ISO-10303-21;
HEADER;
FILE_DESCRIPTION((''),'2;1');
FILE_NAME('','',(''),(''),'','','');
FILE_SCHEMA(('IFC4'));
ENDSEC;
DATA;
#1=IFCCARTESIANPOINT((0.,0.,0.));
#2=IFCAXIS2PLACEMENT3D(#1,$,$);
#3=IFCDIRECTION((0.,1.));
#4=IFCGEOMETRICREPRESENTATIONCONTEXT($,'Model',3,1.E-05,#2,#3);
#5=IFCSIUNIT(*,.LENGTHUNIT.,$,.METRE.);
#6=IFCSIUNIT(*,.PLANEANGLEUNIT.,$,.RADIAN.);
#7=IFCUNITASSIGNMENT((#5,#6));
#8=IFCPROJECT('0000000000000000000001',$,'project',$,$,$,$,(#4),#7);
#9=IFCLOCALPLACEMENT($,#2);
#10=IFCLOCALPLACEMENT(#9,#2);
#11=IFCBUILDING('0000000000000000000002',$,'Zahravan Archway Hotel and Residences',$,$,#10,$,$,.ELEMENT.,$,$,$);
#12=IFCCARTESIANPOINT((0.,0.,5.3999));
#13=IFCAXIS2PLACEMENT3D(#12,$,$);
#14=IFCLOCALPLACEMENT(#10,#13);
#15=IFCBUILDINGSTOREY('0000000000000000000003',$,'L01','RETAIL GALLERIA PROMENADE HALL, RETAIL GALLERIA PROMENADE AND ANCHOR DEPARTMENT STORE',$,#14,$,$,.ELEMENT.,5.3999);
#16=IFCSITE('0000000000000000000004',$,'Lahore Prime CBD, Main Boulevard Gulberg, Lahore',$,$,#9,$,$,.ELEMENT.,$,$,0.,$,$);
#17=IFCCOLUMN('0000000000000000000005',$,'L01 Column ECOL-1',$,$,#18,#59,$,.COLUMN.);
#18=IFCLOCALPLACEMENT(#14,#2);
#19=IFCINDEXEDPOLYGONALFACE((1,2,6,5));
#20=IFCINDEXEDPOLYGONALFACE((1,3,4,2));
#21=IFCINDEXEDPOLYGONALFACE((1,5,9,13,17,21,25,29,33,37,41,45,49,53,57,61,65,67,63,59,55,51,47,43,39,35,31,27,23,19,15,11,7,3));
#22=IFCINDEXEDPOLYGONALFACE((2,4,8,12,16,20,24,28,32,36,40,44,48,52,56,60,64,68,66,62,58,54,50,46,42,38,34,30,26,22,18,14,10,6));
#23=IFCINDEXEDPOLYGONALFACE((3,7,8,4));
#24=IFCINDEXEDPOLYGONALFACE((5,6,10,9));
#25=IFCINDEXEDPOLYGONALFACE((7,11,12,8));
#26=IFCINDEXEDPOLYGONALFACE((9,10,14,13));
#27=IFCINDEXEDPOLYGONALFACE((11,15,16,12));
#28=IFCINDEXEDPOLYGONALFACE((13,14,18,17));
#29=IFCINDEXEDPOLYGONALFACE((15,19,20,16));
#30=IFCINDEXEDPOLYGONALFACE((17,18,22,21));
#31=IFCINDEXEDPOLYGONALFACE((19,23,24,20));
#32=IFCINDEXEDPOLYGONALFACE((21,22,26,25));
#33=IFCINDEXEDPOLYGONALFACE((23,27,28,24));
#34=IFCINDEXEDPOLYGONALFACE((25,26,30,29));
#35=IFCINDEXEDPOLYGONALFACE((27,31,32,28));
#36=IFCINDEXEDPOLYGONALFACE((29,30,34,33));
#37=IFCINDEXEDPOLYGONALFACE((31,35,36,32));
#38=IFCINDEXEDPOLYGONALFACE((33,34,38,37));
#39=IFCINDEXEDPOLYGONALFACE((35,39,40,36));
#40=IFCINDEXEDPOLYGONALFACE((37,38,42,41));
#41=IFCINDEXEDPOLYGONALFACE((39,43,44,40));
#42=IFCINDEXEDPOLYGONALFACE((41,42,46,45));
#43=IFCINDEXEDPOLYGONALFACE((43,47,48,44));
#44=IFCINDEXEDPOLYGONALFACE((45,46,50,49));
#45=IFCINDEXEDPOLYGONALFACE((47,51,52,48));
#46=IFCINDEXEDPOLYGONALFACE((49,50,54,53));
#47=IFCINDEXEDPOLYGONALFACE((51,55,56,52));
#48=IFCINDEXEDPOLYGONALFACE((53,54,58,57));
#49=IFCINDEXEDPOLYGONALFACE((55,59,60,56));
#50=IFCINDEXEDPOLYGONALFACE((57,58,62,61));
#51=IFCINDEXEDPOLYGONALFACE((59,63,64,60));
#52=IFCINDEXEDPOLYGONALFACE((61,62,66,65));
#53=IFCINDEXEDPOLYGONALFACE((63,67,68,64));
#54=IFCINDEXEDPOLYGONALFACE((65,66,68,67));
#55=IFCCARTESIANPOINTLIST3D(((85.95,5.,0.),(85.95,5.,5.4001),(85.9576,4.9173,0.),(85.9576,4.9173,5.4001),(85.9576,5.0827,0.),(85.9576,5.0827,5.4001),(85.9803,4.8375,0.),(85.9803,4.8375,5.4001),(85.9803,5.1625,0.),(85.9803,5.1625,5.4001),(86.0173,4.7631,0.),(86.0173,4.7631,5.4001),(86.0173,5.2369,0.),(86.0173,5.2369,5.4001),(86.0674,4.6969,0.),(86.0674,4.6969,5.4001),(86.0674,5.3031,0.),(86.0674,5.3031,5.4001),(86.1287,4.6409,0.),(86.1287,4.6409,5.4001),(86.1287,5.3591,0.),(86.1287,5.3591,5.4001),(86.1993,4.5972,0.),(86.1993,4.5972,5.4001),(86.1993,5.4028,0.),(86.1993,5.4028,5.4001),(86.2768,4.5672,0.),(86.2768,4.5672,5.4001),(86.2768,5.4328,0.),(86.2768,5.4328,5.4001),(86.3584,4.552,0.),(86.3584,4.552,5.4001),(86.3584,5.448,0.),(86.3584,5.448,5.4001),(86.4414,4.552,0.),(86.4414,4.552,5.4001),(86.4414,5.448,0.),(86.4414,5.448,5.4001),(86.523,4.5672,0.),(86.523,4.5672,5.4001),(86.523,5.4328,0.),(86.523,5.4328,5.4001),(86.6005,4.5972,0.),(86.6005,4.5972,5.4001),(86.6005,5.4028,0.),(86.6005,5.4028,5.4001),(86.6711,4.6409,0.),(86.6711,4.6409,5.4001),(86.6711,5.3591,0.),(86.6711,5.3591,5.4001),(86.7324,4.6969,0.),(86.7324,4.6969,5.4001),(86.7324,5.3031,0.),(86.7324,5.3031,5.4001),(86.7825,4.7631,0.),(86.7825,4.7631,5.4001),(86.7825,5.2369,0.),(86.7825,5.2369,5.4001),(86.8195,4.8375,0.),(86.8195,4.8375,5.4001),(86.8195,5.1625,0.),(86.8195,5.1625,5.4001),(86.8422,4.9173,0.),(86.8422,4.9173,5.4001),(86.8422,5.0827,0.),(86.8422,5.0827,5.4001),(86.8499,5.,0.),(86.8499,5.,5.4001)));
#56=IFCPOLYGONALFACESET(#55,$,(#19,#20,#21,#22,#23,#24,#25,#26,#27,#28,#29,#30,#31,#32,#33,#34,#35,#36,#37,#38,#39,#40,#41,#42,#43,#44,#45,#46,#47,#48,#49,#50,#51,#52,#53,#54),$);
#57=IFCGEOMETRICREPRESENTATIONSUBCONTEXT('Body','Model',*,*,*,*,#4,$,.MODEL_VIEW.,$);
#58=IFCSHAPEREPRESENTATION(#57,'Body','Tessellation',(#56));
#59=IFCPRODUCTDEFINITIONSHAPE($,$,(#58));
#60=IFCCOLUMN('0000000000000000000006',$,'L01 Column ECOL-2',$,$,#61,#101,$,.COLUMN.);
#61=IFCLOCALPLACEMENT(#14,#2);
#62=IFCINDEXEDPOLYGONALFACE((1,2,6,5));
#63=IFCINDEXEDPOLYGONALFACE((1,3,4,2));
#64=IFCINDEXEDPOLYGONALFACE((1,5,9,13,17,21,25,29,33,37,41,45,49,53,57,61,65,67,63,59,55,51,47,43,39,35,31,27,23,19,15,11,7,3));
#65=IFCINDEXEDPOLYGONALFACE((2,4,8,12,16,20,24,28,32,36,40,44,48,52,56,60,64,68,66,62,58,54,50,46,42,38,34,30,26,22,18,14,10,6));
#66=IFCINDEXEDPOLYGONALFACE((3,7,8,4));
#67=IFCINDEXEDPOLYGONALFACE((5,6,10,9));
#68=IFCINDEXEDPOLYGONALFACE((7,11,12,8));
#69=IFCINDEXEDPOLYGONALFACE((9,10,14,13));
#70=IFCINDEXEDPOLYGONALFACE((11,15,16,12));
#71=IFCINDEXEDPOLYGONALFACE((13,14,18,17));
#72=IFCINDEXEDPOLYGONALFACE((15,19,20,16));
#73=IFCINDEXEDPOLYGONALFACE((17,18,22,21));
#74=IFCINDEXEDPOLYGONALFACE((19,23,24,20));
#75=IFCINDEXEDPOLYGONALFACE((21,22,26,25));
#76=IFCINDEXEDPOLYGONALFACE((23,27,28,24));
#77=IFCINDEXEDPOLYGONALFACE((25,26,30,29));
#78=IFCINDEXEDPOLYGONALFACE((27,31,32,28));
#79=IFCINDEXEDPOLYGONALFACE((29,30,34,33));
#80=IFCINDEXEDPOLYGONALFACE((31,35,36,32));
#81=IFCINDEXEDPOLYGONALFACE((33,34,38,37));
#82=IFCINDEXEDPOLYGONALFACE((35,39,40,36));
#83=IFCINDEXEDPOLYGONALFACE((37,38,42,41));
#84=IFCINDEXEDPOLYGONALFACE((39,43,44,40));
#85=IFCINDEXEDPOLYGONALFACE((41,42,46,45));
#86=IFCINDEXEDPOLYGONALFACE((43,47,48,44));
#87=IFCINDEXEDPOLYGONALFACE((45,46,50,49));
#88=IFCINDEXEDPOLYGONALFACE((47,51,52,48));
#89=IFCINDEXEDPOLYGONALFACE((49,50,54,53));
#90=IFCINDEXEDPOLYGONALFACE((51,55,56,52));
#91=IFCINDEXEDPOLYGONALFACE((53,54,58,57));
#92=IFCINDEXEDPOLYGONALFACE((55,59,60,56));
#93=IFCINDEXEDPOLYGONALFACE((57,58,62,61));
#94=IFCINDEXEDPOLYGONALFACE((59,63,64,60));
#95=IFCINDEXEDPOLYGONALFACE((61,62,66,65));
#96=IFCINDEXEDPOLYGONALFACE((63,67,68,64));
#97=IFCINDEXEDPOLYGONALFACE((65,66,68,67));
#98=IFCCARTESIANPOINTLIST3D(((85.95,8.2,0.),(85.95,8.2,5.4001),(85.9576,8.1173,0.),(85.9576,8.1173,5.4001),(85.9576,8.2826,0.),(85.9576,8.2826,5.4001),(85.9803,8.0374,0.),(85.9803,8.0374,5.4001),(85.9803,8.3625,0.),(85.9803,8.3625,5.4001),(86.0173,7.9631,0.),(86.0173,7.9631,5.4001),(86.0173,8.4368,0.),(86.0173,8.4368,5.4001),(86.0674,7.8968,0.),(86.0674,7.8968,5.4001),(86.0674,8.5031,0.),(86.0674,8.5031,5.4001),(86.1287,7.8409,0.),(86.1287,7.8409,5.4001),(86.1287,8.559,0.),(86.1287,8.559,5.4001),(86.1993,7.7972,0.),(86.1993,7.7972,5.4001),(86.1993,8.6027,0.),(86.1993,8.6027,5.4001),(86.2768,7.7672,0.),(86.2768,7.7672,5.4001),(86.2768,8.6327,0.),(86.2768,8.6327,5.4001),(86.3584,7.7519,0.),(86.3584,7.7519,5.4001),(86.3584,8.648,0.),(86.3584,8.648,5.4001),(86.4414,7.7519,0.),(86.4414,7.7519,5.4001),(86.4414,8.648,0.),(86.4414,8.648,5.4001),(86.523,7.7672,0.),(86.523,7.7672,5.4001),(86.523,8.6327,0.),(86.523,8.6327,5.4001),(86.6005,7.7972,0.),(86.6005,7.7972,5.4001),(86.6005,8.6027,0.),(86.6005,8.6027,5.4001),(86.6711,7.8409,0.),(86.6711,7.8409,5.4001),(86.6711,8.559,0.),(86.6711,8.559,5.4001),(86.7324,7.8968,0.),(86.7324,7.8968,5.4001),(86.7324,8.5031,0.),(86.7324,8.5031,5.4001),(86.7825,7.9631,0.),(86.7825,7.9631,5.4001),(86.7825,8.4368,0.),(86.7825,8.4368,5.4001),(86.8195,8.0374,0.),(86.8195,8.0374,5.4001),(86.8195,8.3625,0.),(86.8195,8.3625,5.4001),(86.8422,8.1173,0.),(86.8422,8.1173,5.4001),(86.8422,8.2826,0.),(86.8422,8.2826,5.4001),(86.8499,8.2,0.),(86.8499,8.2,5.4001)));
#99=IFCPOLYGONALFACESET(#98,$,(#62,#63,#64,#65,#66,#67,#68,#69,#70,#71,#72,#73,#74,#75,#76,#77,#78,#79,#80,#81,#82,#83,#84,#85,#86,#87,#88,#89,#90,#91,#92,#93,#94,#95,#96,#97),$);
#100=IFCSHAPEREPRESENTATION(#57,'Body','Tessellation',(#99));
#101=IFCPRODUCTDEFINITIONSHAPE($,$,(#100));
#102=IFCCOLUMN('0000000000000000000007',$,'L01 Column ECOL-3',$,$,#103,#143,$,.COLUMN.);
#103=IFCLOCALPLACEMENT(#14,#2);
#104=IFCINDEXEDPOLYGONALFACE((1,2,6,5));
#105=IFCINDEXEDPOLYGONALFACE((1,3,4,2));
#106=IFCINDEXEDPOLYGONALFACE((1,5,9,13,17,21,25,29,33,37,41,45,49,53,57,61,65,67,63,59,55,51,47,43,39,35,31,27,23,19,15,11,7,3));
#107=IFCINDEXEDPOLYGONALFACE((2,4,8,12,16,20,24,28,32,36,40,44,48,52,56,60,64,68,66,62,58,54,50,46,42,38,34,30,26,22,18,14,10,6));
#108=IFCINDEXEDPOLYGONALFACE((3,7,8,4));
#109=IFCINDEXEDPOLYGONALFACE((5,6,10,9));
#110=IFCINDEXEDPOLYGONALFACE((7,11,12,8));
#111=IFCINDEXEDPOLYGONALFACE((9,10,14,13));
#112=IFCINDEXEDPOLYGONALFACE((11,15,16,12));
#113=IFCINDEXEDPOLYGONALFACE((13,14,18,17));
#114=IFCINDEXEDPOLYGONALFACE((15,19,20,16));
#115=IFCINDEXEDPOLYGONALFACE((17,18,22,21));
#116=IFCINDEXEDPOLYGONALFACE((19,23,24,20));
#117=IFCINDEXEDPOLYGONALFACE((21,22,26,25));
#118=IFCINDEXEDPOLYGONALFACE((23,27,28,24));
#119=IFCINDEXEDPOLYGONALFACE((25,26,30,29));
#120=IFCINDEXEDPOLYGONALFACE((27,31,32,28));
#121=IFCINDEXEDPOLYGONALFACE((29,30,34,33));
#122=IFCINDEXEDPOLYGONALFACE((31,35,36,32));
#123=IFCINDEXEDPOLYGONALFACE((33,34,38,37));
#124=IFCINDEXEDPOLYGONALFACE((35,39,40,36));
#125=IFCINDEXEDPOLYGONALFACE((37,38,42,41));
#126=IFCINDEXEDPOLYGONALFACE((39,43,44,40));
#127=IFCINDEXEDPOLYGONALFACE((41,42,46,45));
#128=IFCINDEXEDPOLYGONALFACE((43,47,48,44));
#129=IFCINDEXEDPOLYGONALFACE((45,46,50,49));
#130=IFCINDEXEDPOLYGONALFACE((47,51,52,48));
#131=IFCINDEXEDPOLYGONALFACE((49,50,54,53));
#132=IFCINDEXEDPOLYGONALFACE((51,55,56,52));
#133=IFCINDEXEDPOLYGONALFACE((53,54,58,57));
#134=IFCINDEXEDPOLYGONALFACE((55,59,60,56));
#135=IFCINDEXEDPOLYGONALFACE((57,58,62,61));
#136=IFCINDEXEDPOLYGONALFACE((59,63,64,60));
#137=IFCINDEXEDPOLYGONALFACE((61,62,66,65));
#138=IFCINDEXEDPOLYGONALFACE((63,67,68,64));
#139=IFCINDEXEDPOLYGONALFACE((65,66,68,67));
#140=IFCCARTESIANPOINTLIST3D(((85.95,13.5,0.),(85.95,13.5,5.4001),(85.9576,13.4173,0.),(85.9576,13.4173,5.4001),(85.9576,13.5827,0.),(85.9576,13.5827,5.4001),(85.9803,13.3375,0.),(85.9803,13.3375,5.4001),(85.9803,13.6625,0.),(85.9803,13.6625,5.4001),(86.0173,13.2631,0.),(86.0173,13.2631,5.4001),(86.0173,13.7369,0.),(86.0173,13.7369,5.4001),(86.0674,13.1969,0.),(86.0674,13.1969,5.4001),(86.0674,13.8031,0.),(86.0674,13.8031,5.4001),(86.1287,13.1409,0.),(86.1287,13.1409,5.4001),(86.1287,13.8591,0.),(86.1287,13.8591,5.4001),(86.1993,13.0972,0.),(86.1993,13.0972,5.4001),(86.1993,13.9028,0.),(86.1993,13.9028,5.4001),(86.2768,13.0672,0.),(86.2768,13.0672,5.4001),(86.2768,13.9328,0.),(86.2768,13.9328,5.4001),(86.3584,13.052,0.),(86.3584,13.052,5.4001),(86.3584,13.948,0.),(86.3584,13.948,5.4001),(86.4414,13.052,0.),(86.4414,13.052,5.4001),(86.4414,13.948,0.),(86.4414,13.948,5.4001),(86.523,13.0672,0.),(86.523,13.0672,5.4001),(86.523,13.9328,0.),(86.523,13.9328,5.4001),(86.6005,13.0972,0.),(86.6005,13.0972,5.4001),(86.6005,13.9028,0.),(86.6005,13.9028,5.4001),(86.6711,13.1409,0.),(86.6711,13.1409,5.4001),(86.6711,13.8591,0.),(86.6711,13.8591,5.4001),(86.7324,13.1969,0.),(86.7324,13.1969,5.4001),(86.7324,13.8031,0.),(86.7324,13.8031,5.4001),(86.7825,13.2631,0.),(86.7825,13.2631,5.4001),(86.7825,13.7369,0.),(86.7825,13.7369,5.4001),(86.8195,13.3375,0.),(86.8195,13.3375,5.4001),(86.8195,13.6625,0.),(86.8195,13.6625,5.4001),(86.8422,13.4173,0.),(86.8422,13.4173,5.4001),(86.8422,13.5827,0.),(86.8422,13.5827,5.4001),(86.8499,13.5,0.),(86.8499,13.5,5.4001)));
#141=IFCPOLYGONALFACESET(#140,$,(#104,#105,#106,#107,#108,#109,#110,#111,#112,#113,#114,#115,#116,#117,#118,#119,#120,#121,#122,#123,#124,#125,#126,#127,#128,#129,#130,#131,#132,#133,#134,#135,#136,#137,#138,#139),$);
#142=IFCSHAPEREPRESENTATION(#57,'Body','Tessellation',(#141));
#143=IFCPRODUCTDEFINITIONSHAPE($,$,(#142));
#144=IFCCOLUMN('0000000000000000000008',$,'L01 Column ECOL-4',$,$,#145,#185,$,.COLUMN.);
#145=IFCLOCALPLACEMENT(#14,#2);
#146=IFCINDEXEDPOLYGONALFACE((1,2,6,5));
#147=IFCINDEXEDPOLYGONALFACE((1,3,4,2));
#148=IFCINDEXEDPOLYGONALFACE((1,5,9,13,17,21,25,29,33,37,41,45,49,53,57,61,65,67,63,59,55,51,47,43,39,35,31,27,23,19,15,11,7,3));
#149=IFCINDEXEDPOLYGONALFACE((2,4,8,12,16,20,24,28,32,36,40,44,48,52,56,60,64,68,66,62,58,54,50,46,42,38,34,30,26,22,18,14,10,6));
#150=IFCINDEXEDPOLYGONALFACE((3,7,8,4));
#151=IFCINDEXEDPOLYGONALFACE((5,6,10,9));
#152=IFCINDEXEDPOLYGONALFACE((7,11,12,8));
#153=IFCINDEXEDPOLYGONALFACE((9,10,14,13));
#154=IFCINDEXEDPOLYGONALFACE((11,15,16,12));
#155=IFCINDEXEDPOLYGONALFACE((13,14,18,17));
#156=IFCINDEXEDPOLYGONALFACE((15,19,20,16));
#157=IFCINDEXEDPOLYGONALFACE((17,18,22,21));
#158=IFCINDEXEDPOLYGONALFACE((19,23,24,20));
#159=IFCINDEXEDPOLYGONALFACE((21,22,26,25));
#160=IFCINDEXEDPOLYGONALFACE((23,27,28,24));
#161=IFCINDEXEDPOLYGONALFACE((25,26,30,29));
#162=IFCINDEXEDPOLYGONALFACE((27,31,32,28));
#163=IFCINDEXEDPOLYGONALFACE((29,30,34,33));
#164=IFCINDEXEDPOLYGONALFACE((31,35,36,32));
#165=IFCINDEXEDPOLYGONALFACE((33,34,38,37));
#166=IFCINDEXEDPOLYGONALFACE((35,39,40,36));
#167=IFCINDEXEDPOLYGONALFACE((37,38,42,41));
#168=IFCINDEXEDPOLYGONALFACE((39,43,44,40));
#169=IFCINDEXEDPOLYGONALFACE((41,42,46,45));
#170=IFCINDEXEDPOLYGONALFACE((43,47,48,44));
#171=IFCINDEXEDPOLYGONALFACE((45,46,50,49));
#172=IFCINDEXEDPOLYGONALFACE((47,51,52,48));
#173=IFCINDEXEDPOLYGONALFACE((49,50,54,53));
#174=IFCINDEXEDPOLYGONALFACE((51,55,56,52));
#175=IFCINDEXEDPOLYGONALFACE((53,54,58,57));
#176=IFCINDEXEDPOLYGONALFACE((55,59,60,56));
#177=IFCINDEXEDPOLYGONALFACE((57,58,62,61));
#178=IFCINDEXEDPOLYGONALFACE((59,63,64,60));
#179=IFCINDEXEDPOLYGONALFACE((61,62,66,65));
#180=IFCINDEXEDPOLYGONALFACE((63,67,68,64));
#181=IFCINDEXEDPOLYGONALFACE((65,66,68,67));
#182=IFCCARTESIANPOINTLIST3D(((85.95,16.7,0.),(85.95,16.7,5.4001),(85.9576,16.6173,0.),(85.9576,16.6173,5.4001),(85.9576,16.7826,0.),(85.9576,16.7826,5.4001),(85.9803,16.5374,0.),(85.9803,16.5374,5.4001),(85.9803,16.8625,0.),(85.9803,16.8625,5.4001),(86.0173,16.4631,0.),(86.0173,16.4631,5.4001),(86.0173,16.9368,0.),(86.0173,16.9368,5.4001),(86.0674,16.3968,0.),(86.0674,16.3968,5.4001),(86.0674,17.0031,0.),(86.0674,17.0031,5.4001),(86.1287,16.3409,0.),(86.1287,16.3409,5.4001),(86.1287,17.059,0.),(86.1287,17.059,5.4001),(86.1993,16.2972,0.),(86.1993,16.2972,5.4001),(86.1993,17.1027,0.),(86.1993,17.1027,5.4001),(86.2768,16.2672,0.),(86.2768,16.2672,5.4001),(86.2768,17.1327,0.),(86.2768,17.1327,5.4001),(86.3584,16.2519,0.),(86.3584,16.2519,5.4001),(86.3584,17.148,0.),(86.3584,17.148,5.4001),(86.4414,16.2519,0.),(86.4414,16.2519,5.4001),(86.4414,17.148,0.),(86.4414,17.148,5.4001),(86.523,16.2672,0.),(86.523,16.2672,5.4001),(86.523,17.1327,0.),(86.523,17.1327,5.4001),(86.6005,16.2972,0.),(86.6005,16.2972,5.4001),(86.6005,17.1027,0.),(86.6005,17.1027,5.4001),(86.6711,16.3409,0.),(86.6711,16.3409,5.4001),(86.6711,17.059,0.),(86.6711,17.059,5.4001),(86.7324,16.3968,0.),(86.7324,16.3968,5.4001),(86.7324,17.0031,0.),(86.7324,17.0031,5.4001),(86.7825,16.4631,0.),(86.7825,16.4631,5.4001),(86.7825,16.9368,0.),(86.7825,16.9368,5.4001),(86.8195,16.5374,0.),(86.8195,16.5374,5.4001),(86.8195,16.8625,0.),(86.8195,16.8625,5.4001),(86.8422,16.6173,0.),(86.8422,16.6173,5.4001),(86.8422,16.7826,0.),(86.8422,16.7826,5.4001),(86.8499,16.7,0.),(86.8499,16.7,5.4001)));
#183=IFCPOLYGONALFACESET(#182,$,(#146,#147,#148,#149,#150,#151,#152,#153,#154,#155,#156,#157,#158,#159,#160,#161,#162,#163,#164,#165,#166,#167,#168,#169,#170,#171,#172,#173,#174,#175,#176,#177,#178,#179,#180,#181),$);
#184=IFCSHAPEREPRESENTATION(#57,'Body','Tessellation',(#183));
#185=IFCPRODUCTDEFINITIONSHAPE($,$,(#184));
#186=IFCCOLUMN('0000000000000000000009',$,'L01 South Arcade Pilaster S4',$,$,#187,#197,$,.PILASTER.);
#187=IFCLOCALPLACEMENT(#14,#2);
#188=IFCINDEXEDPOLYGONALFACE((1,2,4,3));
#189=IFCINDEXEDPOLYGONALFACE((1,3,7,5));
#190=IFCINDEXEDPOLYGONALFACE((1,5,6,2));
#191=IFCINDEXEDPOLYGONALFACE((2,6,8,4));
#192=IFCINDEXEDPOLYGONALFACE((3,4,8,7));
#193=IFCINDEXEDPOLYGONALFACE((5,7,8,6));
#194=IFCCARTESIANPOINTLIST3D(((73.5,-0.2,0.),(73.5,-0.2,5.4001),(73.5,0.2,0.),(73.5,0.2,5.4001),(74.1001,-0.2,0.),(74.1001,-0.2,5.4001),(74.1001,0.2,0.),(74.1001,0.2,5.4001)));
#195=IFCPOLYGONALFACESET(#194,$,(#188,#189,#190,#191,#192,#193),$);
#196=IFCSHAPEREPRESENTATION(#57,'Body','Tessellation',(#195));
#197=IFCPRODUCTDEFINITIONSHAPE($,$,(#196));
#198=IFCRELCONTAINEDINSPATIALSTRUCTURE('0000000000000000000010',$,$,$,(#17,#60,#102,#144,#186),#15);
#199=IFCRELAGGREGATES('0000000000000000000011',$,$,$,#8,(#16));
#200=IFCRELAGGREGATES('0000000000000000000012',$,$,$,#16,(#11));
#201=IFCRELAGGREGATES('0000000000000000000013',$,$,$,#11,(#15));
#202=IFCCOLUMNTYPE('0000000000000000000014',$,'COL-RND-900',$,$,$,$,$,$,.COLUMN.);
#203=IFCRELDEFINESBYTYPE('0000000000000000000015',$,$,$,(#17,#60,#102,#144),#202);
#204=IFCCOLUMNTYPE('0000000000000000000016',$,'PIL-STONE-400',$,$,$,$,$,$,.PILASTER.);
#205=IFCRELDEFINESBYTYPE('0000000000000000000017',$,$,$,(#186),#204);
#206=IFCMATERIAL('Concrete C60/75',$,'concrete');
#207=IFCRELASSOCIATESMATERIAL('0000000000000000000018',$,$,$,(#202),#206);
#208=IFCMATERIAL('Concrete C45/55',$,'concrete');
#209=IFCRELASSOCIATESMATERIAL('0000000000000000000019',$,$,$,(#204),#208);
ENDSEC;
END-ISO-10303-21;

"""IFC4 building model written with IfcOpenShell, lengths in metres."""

from ifc_helpers import new_model, si_unit, direction, frame, origin, origin_2d, place, context, subcontext, project, spatial, rectangle, circle, extrude, source, transform, mapped, material, material_profile, profile_set, type_object, type_shapes, element, save


model = new_model("IFC4")

# Units and contexts
model_context = context("Model", 3, precision=1e-05, world=origin(), true_north=direction((0.0, 1.0)))
body_context = subcontext(model_context, "Body", "Model", "MODEL_VIEW")
ifc_project = project(units=[si_unit("LENGTHUNIT", "METRE"), si_unit("PLANEANGLEUNIT", "RADIAN")], contexts=[model_context])

# Site, building, storey
site_placement = place(None, origin())
site = spatial("IfcSite", under=ifc_project, at=site_placement, Name="Lahore Prime CBD, Main Boulevard Gulberg, Lahore", CompositionType="ELEMENT", RefElevation=0.0)
building_placement = place(site_placement, origin())
building = spatial("IfcBuilding", under=site, at=building_placement, Name="Zahravan Archway Hotel and Residences", CompositionType="ELEMENT")
storey_placement = place(building_placement, frame((0.0, 0.0, 5.3999)))
storey = spatial("IfcBuildingStorey", under=building, at=storey_placement, Name="L01", Description="RETAIL GALLERIA PROMENADE HALL, RETAIL GALLERIA PROMENADE AND ANCHOR DEPARTMENT STORE", CompositionType="ELEMENT", Elevation=5.3999)

# Columns
ifc_material_1 = material(Name="Concrete C60/75", Category="concrete")
ifc_material_profile_1 = material_profile(ifc_material_1, circle(Radius=0.45, at=origin_2d()), Name="RC-CIRC-900", Category="concrete")
ifc_profile_set_1 = profile_set([ifc_material_profile_1], Name="Concrete C60/75")
column_type_1 = type_object("IfcColumnType", Name="COL-RND-900", PredefinedType="COLUMN", material=ifc_profile_set_1)
shared_shape_1 = source(origin(), body_context, "Body", "SweptSolid", [
    extrude(circle(Radius=0.45, at=origin_2d()), origin(), (0.0, 0.0, 1.0), 5.4001),
])
for number, where, z_axis, x_axis, name in (
    (1, (86.3999, 5.0, 0.0), (0.0, 0.0, 1.0), (1.0, 0.0, 0.0), "L01 Column ECOL-1"),
    (2, (86.3999, 8.2, 0.0), (0.0, 0.0, 1.0), (1.0, 0.0, 0.0), "L01 Column ECOL-2"),
    (3, (86.3999, 13.5, 0.0), (0.0, 0.0, 1.0), (1.0, 0.0, 0.0), "L01 Column ECOL-3"),
    (4, (86.3999, 16.7, 0.0), (0.0, 0.0, 1.0), (1.0, 0.0, 0.0), "L01 Column ECOL-4"),
):
    element("IfcColumn", number, at=place(storey_placement, frame(where, z_axis=z_axis, x_axis=x_axis)), inside=storey, type_object=column_type_1, Name=name, PredefinedType="COLUMN", context=body_context, shape_type="MappedRepresentation", body=[
        mapped(shared_shape_1, transform((0.0, 0.0, 0.0), scale=1.0)),
    ])
ifc_material_2 = material(Name="Concrete C45/55", Category="concrete")
ifc_material_profile_2 = material_profile(ifc_material_2, rectangle(XDim=0.6001, YDim=0.3999, at=origin_2d()), Name="RC-PIL-600x400", Category="concrete")
ifc_profile_set_2 = profile_set([ifc_material_profile_2], Name="Concrete C45/55")
column_type_2 = type_object("IfcColumnType", Name="PIL-STONE-400", PredefinedType="PILASTER", material=ifc_profile_set_2)
shared_shape_2 = source(origin(), body_context, "Body", "SweptSolid", [
    extrude(rectangle(XDim=0.6001, YDim=0.3999, at=origin_2d()), origin(), (0.0, 0.0, 1.0), 5.4001),
])
type_shapes(column_type_2, [shared_shape_2])
column_placement = place(storey_placement, frame((73.8, 0.0, 0.0), z_axis=(0.0, 0.0, 1.0), x_axis=(1.0, 0.0, 0.0)))
element("IfcColumn", 5, at=column_placement, inside=storey, type_object=column_type_2, Name="L01 South Arcade Pilaster S4", PredefinedType="PILASTER", context=body_context, shape_type="MappedRepresentation", body=[
    mapped(shared_shape_2, transform((0.0, 0.0, 0.0), scale=1.0)),
])

save(model, "model.ifc")
